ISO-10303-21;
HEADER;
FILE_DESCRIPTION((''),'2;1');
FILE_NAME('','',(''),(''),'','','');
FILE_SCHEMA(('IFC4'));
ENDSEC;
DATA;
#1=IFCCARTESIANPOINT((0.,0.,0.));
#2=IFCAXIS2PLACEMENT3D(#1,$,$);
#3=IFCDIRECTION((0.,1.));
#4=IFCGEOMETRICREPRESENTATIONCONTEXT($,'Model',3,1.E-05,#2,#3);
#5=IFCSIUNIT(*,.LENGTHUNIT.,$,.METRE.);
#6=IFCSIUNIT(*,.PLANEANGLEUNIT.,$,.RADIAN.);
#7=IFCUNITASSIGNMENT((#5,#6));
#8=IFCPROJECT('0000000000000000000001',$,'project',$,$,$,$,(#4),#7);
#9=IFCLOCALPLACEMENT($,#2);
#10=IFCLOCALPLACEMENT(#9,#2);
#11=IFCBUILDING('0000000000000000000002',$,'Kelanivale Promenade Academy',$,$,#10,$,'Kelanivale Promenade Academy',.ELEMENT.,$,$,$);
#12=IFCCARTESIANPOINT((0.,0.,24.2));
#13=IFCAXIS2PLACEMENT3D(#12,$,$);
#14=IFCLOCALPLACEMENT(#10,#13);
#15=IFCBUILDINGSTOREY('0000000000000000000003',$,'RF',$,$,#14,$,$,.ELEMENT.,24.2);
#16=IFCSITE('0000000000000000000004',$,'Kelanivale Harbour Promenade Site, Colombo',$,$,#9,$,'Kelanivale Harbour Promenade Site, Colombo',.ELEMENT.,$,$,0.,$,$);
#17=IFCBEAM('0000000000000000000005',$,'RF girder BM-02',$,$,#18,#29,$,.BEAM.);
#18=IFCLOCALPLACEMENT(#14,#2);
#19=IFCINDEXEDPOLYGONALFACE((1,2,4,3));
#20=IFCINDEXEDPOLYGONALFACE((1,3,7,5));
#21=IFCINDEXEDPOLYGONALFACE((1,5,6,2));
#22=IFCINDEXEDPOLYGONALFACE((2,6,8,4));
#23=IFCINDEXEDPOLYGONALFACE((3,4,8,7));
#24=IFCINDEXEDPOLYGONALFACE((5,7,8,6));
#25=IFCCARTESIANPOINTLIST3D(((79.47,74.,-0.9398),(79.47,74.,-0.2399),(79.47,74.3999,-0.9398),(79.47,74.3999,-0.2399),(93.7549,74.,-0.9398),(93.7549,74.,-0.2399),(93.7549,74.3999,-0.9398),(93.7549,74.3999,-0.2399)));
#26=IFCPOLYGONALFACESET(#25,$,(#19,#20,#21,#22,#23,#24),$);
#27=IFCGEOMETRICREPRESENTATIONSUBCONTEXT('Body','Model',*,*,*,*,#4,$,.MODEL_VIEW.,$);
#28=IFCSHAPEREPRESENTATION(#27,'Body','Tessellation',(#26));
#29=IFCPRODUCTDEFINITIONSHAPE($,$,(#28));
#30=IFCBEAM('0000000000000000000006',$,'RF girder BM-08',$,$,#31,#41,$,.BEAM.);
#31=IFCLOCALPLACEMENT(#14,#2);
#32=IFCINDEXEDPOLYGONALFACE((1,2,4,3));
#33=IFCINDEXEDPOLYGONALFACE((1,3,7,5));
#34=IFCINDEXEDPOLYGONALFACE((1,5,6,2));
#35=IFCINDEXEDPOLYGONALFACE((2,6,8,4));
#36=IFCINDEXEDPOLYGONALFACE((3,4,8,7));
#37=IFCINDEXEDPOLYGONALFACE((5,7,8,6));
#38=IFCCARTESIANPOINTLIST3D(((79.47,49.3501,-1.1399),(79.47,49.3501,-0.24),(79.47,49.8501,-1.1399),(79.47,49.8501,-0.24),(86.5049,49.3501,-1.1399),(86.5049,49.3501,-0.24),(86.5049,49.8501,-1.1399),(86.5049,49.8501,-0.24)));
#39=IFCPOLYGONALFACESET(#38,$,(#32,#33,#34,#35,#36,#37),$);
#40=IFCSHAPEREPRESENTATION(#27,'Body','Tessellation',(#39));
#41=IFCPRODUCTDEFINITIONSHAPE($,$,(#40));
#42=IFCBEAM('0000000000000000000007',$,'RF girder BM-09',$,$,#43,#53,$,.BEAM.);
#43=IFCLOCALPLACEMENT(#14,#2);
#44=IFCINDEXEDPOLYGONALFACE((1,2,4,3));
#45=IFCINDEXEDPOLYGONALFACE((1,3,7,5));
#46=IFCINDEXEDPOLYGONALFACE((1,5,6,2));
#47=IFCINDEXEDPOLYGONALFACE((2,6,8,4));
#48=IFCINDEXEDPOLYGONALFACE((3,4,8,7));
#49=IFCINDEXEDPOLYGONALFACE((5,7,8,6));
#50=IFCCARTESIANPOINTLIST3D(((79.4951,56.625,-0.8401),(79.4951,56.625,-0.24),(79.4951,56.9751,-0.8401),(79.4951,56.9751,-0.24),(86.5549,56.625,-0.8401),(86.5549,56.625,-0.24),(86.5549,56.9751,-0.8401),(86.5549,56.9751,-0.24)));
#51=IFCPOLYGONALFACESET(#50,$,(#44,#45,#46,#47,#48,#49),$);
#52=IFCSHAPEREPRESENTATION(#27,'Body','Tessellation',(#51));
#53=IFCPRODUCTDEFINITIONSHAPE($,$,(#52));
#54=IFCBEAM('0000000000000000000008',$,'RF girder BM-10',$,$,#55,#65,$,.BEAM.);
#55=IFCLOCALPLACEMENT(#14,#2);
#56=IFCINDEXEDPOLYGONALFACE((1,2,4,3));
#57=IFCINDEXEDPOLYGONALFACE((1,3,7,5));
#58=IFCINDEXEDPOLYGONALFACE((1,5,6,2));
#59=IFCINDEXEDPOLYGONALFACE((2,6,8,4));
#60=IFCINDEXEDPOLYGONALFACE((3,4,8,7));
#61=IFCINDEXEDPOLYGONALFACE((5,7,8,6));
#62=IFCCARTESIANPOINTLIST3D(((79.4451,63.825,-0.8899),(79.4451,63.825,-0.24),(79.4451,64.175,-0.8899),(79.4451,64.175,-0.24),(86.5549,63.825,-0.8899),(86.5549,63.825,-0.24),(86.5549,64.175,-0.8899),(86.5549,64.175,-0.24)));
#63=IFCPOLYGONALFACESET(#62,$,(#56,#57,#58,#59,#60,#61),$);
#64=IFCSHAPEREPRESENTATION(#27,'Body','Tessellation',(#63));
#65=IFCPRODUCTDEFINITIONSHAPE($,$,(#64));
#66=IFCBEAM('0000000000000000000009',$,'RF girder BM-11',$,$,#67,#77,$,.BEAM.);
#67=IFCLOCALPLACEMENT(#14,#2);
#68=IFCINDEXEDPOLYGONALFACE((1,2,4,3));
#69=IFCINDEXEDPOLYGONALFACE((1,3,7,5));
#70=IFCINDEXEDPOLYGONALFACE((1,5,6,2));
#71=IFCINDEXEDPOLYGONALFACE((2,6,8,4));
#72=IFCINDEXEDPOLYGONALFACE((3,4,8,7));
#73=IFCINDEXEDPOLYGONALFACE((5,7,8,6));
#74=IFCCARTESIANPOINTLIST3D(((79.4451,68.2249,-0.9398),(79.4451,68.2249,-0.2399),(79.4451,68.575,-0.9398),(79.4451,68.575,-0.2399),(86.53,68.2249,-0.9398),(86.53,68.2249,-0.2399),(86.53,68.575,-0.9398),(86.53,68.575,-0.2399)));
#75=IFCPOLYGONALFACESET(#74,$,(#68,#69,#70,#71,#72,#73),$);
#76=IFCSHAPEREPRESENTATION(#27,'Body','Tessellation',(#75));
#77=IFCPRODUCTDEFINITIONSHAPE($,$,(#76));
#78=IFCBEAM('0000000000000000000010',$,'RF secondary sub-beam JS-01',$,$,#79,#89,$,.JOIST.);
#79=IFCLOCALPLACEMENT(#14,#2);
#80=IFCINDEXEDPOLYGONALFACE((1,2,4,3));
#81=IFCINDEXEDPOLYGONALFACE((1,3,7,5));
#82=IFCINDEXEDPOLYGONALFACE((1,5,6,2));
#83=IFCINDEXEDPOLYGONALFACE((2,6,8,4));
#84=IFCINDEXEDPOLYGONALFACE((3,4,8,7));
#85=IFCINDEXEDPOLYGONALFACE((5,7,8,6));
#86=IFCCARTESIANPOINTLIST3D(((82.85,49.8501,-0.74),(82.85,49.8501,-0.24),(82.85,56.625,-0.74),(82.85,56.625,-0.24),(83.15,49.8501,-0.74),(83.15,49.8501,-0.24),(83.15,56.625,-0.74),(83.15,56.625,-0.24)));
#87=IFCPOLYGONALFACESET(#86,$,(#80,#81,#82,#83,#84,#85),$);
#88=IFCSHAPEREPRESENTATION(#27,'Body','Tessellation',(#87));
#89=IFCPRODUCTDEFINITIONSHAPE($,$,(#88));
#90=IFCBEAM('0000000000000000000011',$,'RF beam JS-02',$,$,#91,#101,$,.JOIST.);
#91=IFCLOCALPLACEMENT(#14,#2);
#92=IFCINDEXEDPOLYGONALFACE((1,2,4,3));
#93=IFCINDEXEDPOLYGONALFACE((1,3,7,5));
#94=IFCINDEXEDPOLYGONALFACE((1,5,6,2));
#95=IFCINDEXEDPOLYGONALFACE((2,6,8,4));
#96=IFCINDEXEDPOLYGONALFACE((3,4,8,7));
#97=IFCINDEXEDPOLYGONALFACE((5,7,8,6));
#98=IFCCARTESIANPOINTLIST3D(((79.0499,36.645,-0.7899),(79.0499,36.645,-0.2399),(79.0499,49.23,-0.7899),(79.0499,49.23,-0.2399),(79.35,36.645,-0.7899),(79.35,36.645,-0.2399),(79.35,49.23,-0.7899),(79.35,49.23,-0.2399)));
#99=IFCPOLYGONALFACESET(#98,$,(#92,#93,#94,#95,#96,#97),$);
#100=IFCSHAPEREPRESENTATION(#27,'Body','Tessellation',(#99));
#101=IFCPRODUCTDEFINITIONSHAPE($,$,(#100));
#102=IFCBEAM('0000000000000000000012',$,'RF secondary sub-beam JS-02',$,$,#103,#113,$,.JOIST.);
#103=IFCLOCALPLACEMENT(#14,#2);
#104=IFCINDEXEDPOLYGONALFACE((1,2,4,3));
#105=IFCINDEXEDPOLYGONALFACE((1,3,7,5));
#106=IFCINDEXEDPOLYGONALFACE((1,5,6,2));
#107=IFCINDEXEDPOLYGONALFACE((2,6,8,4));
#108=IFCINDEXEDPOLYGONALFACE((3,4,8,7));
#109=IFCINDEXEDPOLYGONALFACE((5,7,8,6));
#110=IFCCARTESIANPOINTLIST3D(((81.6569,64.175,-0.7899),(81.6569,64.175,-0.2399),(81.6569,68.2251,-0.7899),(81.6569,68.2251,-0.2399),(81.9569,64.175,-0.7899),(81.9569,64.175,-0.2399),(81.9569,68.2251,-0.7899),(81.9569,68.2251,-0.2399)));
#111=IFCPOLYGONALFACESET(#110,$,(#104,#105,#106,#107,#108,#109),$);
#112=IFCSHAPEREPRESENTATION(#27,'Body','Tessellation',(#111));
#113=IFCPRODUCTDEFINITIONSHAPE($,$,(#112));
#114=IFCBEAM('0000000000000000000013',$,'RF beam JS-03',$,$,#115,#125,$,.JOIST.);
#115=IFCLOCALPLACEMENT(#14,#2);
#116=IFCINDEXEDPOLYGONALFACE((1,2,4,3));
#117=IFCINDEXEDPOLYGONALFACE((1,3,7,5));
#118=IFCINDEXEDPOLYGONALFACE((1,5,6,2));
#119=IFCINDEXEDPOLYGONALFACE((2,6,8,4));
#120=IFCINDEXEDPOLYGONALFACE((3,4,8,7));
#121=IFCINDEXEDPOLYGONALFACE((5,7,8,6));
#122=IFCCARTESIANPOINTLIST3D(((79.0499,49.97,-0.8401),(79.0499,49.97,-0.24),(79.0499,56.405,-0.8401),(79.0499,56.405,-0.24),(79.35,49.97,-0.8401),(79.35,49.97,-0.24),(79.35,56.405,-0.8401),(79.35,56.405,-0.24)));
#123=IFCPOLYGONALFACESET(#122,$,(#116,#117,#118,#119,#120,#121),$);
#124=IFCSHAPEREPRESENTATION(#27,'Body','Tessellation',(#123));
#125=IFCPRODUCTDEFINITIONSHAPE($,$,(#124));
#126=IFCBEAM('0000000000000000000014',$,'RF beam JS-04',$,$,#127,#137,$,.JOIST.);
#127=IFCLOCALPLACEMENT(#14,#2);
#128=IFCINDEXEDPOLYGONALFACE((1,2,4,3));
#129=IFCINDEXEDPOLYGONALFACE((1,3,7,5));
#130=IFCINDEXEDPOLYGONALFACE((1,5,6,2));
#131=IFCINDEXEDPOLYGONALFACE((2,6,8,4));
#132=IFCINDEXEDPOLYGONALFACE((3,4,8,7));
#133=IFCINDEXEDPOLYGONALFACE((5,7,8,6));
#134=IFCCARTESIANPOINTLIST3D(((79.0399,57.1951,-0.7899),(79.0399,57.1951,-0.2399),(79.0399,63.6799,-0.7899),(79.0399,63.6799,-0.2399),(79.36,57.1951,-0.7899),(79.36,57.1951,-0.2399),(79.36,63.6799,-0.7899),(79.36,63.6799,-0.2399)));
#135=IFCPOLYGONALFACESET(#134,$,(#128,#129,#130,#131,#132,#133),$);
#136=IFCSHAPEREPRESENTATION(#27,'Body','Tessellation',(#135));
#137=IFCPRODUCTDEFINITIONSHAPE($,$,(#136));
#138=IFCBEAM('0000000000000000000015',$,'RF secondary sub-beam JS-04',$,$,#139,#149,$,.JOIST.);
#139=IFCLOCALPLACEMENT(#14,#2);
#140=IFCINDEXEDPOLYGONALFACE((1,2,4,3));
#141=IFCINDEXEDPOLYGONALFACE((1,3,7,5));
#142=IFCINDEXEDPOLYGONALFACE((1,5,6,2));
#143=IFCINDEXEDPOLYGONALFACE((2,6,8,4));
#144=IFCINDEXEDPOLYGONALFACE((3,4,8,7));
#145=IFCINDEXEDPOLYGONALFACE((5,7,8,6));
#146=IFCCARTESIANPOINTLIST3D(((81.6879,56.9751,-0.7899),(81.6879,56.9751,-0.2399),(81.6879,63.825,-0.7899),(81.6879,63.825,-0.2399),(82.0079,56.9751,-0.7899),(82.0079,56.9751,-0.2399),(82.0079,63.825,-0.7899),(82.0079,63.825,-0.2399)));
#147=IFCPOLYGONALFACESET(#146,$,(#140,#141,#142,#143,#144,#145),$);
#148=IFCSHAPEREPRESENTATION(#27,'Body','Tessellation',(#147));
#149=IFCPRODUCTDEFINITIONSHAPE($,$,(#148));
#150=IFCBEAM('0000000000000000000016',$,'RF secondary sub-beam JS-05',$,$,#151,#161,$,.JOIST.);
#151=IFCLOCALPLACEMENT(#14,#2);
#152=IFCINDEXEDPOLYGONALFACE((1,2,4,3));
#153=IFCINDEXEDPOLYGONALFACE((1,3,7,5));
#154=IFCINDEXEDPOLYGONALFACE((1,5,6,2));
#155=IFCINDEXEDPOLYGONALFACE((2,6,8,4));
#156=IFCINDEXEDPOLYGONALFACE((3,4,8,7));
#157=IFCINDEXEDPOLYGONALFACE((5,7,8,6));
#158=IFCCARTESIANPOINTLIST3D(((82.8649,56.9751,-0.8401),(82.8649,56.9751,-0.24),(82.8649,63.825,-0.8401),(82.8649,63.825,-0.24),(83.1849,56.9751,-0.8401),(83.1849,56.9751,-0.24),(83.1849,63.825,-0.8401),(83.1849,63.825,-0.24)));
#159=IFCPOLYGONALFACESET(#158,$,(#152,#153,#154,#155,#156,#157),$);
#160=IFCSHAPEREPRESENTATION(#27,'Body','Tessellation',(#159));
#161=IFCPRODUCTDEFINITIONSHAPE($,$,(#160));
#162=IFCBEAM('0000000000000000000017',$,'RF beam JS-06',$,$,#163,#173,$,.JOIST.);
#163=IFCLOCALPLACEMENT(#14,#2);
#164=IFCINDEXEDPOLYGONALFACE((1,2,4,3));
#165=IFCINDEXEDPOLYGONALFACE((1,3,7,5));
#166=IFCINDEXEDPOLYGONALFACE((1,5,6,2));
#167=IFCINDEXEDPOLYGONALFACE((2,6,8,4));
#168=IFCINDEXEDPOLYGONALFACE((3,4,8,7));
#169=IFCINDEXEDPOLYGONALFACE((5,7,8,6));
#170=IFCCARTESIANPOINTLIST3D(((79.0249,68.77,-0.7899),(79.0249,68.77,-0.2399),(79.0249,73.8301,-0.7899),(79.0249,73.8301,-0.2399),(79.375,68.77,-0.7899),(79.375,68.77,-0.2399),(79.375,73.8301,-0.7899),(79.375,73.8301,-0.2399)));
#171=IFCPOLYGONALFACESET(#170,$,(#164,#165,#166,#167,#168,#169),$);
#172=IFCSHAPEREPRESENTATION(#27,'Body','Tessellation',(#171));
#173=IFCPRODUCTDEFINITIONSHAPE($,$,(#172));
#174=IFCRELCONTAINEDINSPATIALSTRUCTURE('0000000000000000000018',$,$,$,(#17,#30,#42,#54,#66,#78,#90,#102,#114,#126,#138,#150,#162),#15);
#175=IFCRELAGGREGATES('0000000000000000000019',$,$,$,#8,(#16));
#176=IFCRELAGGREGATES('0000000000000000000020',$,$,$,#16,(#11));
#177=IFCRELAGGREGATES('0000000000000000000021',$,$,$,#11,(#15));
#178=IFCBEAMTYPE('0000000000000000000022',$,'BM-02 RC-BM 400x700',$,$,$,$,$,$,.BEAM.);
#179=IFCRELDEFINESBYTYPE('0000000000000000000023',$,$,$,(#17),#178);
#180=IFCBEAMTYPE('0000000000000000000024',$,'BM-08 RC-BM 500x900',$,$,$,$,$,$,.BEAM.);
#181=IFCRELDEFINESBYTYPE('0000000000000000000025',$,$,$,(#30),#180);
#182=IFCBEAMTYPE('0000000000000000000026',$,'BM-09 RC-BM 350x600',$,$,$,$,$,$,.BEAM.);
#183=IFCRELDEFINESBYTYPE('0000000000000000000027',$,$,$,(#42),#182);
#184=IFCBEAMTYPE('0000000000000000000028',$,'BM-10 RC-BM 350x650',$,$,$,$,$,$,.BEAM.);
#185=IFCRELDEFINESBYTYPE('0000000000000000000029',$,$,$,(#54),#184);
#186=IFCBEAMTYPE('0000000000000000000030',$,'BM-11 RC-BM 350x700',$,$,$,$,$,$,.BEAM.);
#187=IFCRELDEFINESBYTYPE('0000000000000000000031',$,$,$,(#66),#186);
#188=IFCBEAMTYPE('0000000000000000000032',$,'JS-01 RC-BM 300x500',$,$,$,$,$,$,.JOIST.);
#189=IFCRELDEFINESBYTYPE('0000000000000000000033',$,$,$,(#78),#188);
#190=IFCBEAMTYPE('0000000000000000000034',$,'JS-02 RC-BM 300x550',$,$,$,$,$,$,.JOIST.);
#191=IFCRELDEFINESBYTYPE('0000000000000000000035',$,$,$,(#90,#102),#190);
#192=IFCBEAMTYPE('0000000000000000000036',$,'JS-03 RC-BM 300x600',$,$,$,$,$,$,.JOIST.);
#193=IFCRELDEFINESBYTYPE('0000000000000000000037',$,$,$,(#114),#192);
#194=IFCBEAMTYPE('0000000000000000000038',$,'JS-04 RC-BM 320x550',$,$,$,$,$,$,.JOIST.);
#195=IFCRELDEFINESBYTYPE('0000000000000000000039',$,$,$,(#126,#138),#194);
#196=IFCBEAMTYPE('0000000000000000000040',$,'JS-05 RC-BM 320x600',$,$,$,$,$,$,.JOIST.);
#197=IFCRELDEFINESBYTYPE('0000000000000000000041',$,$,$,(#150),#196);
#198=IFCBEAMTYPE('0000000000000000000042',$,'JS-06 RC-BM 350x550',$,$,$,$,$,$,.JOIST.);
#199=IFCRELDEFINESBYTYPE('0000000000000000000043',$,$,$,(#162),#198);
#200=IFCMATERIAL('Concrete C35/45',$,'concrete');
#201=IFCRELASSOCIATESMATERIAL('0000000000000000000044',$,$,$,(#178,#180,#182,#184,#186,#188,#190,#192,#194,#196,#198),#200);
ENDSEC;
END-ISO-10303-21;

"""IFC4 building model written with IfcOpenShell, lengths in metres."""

from ifc_helpers import new_model, si_unit, direction, frame, origin, origin_2d, place, context, subcontext, project, spatial, rectangle, extrude, material, material_profile, profile_set, type_object, element, save


model = new_model("IFC4")

# Units and contexts
model_context = context("Model", 3, precision=1e-05, world=origin(), true_north=direction((0.0, 1.0)))
body_context = subcontext(model_context, "Body", "Model", "MODEL_VIEW")
ifc_project = project(units=[si_unit("LENGTHUNIT", "METRE"), si_unit("PLANEANGLEUNIT", "RADIAN")], contexts=[model_context])

# Site, building, storey
site_placement = place(None, origin())
site = spatial("IfcSite", under=ifc_project, at=site_placement, Name="Kelanivale Harbour Promenade Site, Colombo", LongName="Kelanivale Harbour Promenade Site, Colombo", CompositionType="ELEMENT", RefElevation=0.0)
building_placement = place(site_placement, origin())
building = spatial("IfcBuilding", under=site, at=building_placement, Name="Kelanivale Promenade Academy", LongName="Kelanivale Promenade Academy", CompositionType="ELEMENT")
storey_placement = place(building_placement, frame((0.0, 0.0, 24.2)))
storey = spatial("IfcBuildingStorey", under=building, at=storey_placement, Name="RF", CompositionType="ELEMENT", Elevation=24.2)

# Beams
ifc_material_1 = material(Name="Concrete C35/45", Category="concrete")
ifc_material_profile_1 = material_profile(ifc_material_1, rectangle(XDim=0.3999, YDim=0.7, at=origin_2d()), Name="RC-BM 400x700")
ifc_profile_set_1 = profile_set([ifc_material_profile_1], Name="Concrete C35/45")
beam_type_1 = type_object("IfcBeamType", Name="BM-02 RC-BM 400x700", PredefinedType="BEAM", material=ifc_profile_set_1)
beam_1_placement = place(storey_placement, frame((79.47, 74.2, -0.5898), z_axis=(1.0, 0.0, 0.0), x_axis=(0.0, 1.0, 0.0)))
element("IfcBeam", 1, at=beam_1_placement, inside=storey, type_object=beam_type_1, Name="RF girder BM-02", PredefinedType="BEAM", context=body_context, shape_type="SweptSolid", body=[
    extrude(rectangle(XDim=0.3999, YDim=0.7, at=origin_2d()), origin(), (0.0, 0.0, 1.0), 14.2849),
])
ifc_material_profile_2 = material_profile(ifc_material_1, rectangle(XDim=0.5, YDim=0.8999, at=origin_2d()), Name="RC-BM 500x900")
ifc_profile_set_2 = profile_set([ifc_material_profile_2], Name="Concrete C35/45")
beam_type_2 = type_object("IfcBeamType", Name="BM-08 RC-BM 500x900", PredefinedType="BEAM", material=ifc_profile_set_2)
beam_2_placement = place(storey_placement, frame((79.47, 49.6001, -0.6899), z_axis=(1.0, 0.0, 0.0), x_axis=(0.0, 1.0, 0.0)))
element("IfcBeam", 2, at=beam_2_placement, inside=storey, type_object=beam_type_2, Name="RF girder BM-08", PredefinedType="BEAM", context=body_context, shape_type="SweptSolid", body=[
    extrude(rectangle(XDim=0.5, YDim=0.8999, at=origin_2d()), origin(), (0.0, 0.0, 1.0), 7.0349),
])
ifc_material_profile_3 = material_profile(ifc_material_1, rectangle(XDim=0.3501, YDim=0.6001, at=origin_2d()), Name="RC-BM 350x600")
ifc_profile_set_3 = profile_set([ifc_material_profile_3], Name="Concrete C35/45")
beam_type_3 = type_object("IfcBeamType", Name="BM-09 RC-BM 350x600", PredefinedType="BEAM", material=ifc_profile_set_3)
beam_3_placement = place(storey_placement, frame((79.4951, 56.8, -0.54), z_axis=(1.0, 0.0, 0.0), x_axis=(0.0, 1.0, 0.0)))
element("IfcBeam", 3, at=beam_3_placement, inside=storey, type_object=beam_type_3, Name="RF girder BM-09", PredefinedType="BEAM", context=body_context, shape_type="SweptSolid", body=[
    extrude(rectangle(XDim=0.3501, YDim=0.6001, at=origin_2d()), origin(), (0.0, 0.0, 1.0), 7.0598),
])
ifc_material_profile_4 = material_profile(ifc_material_1, rectangle(XDim=0.3501, YDim=0.6499, at=origin_2d()), Name="RC-BM 350x650")
ifc_profile_set_4 = profile_set([ifc_material_profile_4], Name="Concrete C35/45")
beam_type_4 = type_object("IfcBeamType", Name="BM-10 RC-BM 350x650", PredefinedType="BEAM", material=ifc_profile_set_4)
beam_4_placement = place(storey_placement, frame((79.4451, 64.0, -0.5649), z_axis=(1.0, 0.0, 0.0), x_axis=(0.0, 1.0, 0.0)))
element("IfcBeam", 4, at=beam_4_placement, inside=storey, type_object=beam_type_4, Name="RF girder BM-10", PredefinedType="BEAM", context=body_context, shape_type="SweptSolid", body=[
    extrude(rectangle(XDim=0.3501, YDim=0.6499, at=origin_2d()), origin(), (0.0, 0.0, 1.0), 7.1099),
])
ifc_material_profile_5 = material_profile(ifc_material_1, rectangle(XDim=0.3501, YDim=0.7, at=origin_2d()), Name="RC-BM 350x700")
ifc_profile_set_5 = profile_set([ifc_material_profile_5], Name="Concrete C35/45")
beam_type_5 = type_object("IfcBeamType", Name="BM-11 RC-BM 350x700", PredefinedType="BEAM", material=ifc_profile_set_5)
beam_5_placement = place(storey_placement, frame((79.4451, 68.3999, -0.5898), z_axis=(1.0, 0.0, 0.0), x_axis=(0.0, 1.0, 0.0)))
element("IfcBeam", 5, at=beam_5_placement, inside=storey, type_object=beam_type_5, Name="RF girder BM-11", PredefinedType="BEAM", context=body_context, shape_type="SweptSolid", body=[
    extrude(rectangle(XDim=0.3501, YDim=0.7, at=origin_2d()), origin(), (0.0, 0.0, 1.0), 7.085),
])
ifc_material_profile_6 = material_profile(ifc_material_1, rectangle(XDim=0.3, YDim=0.5, at=origin_2d()), Name="RC-BM 300x500")
ifc_profile_set_6 = profile_set([ifc_material_profile_6], Name="Concrete C35/45")
beam_type_6 = type_object("IfcBeamType", Name="JS-01 RC-BM 300x500", PredefinedType="JOIST", material=ifc_profile_set_6)
beam_6_placement = place(storey_placement, frame((83.0, 49.8501, -0.49), z_axis=(0.0, 1.0, 0.0), x_axis=(-1.0, 0.0, 0.0)))
element("IfcBeam", 6, at=beam_6_placement, inside=storey, type_object=beam_type_6, Name="RF secondary sub-beam JS-01", PredefinedType="JOIST", context=body_context, shape_type="SweptSolid", body=[
    extrude(rectangle(XDim=0.3, YDim=0.5, at=origin_2d()), origin(), (0.0, 0.0, 1.0), 6.7749),
])
ifc_material_profile_7 = material_profile(ifc_material_1, rectangle(XDim=0.3, YDim=0.55, at=origin_2d()), Name="RC-BM 300x550")
ifc_profile_set_7 = profile_set([ifc_material_profile_7], Name="Concrete C35/45")
beam_type_7 = type_object("IfcBeamType", Name="JS-02 RC-BM 300x550", PredefinedType="JOIST", material=ifc_profile_set_7)
beam_7_placement = place(storey_placement, frame((79.2, 36.645, -0.5149), z_axis=(0.0, 1.0, 0.0), x_axis=(-1.0, 0.0, 0.0)))
element("IfcBeam", 7, at=beam_7_placement, inside=storey, type_object=beam_type_7, Name="RF beam JS-02", PredefinedType="JOIST", context=body_context, shape_type="SweptSolid", body=[
    extrude(rectangle(XDim=0.3, YDim=0.55, at=origin_2d()), origin(), (0.0, 0.0, 1.0), 12.585),
])
beam_8_placement = place(storey_placement, frame((81.8069, 64.175, -0.5149), z_axis=(0.0, 1.0, 0.0), x_axis=(-1.0, 0.0, 0.0)))
element("IfcBeam", 8, at=beam_8_placement, inside=storey, type_object=beam_type_7, Name="RF secondary sub-beam JS-02", PredefinedType="JOIST", context=body_context, shape_type="SweptSolid", body=[
    extrude(rectangle(XDim=0.3, YDim=0.55, at=origin_2d()), origin(), (0.0, 0.0, 1.0), 4.05),
])
ifc_material_profile_8 = material_profile(ifc_material_1, rectangle(XDim=0.3, YDim=0.6001, at=origin_2d()), Name="RC-BM 300x600")
ifc_profile_set_8 = profile_set([ifc_material_profile_8], Name="Concrete C35/45")
beam_type_8 = type_object("IfcBeamType", Name="JS-03 RC-BM 300x600", PredefinedType="JOIST", material=ifc_profile_set_8)
beam_9_placement = place(storey_placement, frame((79.2, 49.97, -0.54), z_axis=(0.0, 1.0, 0.0), x_axis=(-1.0, 0.0, 0.0)))
element("IfcBeam", 9, at=beam_9_placement, inside=storey, type_object=beam_type_8, Name="RF beam JS-03", PredefinedType="JOIST", context=body_context, shape_type="SweptSolid", body=[
    extrude(rectangle(XDim=0.3, YDim=0.6001, at=origin_2d()), origin(), (0.0, 0.0, 1.0), 6.4351),
])
ifc_material_profile_9 = material_profile(ifc_material_1, rectangle(XDim=0.3201, YDim=0.55, at=origin_2d()), Name="RC-BM 320x550")
ifc_profile_set_9 = profile_set([ifc_material_profile_9], Name="Concrete C35/45")
beam_type_9 = type_object("IfcBeamType", Name="JS-04 RC-BM 320x550", PredefinedType="JOIST", material=ifc_profile_set_9)
beam_10_placement = place(storey_placement, frame((79.2, 57.1951, -0.5149), z_axis=(0.0, 1.0, 0.0), x_axis=(-1.0, 0.0, 0.0)))
element("IfcBeam", 10, at=beam_10_placement, inside=storey, type_object=beam_type_9, Name="RF beam JS-04", PredefinedType="JOIST", context=body_context, shape_type="SweptSolid", body=[
    extrude(rectangle(XDim=0.3201, YDim=0.55, at=origin_2d()), origin(), (0.0, 0.0, 1.0), 6.4849),
])
beam_11_placement = place(storey_placement, frame((81.8479, 56.9751, -0.5149), z_axis=(0.0, 1.0, 0.0), x_axis=(-1.0, 0.0, 0.0)))
element("IfcBeam", 11, at=beam_11_placement, inside=storey, type_object=beam_type_9, Name="RF secondary sub-beam JS-04", PredefinedType="JOIST", context=body_context, shape_type="SweptSolid", body=[
    extrude(rectangle(XDim=0.3201, YDim=0.55, at=origin_2d()), origin(), (0.0, 0.0, 1.0), 6.8499),
])
ifc_material_profile_10 = material_profile(ifc_material_1, rectangle(XDim=0.3201, YDim=0.6001, at=origin_2d()), Name="RC-BM 320x600")
ifc_profile_set_10 = profile_set([ifc_material_profile_10], Name="Concrete C35/45")
beam_type_10 = type_object("IfcBeamType", Name="JS-05 RC-BM 320x600", PredefinedType="JOIST", material=ifc_profile_set_10)
beam_12_placement = place(storey_placement, frame((83.0249, 56.9751, -0.54), z_axis=(0.0, 1.0, 0.0), x_axis=(-1.0, 0.0, 0.0)))
element("IfcBeam", 12, at=beam_12_placement, inside=storey, type_object=beam_type_10, Name="RF secondary sub-beam JS-05", PredefinedType="JOIST", context=body_context, shape_type="SweptSolid", body=[
    extrude(rectangle(XDim=0.3201, YDim=0.6001, at=origin_2d()), origin(), (0.0, 0.0, 1.0), 6.8499),
])
ifc_material_profile_11 = material_profile(ifc_material_1, rectangle(XDim=0.3501, YDim=0.55, at=origin_2d()), Name="RC-BM 350x550")
ifc_profile_set_11 = profile_set([ifc_material_profile_11], Name="Concrete C35/45")
beam_type_11 = type_object("IfcBeamType", Name="JS-06 RC-BM 350x550", PredefinedType="JOIST", material=ifc_profile_set_11)
beam_13_placement = place(storey_placement, frame((79.2, 68.77, -0.5149), z_axis=(0.0, 1.0, 0.0), x_axis=(-1.0, 0.0, 0.0)))
element("IfcBeam", 13, at=beam_13_placement, inside=storey, type_object=beam_type_11, Name="RF beam JS-06", PredefinedType="JOIST", context=body_context, shape_type="SweptSolid", body=[
    extrude(rectangle(XDim=0.3501, YDim=0.55, at=origin_2d()), origin(), (0.0, 0.0, 1.0), 5.0601),
])

save(model, "model.ifc")
